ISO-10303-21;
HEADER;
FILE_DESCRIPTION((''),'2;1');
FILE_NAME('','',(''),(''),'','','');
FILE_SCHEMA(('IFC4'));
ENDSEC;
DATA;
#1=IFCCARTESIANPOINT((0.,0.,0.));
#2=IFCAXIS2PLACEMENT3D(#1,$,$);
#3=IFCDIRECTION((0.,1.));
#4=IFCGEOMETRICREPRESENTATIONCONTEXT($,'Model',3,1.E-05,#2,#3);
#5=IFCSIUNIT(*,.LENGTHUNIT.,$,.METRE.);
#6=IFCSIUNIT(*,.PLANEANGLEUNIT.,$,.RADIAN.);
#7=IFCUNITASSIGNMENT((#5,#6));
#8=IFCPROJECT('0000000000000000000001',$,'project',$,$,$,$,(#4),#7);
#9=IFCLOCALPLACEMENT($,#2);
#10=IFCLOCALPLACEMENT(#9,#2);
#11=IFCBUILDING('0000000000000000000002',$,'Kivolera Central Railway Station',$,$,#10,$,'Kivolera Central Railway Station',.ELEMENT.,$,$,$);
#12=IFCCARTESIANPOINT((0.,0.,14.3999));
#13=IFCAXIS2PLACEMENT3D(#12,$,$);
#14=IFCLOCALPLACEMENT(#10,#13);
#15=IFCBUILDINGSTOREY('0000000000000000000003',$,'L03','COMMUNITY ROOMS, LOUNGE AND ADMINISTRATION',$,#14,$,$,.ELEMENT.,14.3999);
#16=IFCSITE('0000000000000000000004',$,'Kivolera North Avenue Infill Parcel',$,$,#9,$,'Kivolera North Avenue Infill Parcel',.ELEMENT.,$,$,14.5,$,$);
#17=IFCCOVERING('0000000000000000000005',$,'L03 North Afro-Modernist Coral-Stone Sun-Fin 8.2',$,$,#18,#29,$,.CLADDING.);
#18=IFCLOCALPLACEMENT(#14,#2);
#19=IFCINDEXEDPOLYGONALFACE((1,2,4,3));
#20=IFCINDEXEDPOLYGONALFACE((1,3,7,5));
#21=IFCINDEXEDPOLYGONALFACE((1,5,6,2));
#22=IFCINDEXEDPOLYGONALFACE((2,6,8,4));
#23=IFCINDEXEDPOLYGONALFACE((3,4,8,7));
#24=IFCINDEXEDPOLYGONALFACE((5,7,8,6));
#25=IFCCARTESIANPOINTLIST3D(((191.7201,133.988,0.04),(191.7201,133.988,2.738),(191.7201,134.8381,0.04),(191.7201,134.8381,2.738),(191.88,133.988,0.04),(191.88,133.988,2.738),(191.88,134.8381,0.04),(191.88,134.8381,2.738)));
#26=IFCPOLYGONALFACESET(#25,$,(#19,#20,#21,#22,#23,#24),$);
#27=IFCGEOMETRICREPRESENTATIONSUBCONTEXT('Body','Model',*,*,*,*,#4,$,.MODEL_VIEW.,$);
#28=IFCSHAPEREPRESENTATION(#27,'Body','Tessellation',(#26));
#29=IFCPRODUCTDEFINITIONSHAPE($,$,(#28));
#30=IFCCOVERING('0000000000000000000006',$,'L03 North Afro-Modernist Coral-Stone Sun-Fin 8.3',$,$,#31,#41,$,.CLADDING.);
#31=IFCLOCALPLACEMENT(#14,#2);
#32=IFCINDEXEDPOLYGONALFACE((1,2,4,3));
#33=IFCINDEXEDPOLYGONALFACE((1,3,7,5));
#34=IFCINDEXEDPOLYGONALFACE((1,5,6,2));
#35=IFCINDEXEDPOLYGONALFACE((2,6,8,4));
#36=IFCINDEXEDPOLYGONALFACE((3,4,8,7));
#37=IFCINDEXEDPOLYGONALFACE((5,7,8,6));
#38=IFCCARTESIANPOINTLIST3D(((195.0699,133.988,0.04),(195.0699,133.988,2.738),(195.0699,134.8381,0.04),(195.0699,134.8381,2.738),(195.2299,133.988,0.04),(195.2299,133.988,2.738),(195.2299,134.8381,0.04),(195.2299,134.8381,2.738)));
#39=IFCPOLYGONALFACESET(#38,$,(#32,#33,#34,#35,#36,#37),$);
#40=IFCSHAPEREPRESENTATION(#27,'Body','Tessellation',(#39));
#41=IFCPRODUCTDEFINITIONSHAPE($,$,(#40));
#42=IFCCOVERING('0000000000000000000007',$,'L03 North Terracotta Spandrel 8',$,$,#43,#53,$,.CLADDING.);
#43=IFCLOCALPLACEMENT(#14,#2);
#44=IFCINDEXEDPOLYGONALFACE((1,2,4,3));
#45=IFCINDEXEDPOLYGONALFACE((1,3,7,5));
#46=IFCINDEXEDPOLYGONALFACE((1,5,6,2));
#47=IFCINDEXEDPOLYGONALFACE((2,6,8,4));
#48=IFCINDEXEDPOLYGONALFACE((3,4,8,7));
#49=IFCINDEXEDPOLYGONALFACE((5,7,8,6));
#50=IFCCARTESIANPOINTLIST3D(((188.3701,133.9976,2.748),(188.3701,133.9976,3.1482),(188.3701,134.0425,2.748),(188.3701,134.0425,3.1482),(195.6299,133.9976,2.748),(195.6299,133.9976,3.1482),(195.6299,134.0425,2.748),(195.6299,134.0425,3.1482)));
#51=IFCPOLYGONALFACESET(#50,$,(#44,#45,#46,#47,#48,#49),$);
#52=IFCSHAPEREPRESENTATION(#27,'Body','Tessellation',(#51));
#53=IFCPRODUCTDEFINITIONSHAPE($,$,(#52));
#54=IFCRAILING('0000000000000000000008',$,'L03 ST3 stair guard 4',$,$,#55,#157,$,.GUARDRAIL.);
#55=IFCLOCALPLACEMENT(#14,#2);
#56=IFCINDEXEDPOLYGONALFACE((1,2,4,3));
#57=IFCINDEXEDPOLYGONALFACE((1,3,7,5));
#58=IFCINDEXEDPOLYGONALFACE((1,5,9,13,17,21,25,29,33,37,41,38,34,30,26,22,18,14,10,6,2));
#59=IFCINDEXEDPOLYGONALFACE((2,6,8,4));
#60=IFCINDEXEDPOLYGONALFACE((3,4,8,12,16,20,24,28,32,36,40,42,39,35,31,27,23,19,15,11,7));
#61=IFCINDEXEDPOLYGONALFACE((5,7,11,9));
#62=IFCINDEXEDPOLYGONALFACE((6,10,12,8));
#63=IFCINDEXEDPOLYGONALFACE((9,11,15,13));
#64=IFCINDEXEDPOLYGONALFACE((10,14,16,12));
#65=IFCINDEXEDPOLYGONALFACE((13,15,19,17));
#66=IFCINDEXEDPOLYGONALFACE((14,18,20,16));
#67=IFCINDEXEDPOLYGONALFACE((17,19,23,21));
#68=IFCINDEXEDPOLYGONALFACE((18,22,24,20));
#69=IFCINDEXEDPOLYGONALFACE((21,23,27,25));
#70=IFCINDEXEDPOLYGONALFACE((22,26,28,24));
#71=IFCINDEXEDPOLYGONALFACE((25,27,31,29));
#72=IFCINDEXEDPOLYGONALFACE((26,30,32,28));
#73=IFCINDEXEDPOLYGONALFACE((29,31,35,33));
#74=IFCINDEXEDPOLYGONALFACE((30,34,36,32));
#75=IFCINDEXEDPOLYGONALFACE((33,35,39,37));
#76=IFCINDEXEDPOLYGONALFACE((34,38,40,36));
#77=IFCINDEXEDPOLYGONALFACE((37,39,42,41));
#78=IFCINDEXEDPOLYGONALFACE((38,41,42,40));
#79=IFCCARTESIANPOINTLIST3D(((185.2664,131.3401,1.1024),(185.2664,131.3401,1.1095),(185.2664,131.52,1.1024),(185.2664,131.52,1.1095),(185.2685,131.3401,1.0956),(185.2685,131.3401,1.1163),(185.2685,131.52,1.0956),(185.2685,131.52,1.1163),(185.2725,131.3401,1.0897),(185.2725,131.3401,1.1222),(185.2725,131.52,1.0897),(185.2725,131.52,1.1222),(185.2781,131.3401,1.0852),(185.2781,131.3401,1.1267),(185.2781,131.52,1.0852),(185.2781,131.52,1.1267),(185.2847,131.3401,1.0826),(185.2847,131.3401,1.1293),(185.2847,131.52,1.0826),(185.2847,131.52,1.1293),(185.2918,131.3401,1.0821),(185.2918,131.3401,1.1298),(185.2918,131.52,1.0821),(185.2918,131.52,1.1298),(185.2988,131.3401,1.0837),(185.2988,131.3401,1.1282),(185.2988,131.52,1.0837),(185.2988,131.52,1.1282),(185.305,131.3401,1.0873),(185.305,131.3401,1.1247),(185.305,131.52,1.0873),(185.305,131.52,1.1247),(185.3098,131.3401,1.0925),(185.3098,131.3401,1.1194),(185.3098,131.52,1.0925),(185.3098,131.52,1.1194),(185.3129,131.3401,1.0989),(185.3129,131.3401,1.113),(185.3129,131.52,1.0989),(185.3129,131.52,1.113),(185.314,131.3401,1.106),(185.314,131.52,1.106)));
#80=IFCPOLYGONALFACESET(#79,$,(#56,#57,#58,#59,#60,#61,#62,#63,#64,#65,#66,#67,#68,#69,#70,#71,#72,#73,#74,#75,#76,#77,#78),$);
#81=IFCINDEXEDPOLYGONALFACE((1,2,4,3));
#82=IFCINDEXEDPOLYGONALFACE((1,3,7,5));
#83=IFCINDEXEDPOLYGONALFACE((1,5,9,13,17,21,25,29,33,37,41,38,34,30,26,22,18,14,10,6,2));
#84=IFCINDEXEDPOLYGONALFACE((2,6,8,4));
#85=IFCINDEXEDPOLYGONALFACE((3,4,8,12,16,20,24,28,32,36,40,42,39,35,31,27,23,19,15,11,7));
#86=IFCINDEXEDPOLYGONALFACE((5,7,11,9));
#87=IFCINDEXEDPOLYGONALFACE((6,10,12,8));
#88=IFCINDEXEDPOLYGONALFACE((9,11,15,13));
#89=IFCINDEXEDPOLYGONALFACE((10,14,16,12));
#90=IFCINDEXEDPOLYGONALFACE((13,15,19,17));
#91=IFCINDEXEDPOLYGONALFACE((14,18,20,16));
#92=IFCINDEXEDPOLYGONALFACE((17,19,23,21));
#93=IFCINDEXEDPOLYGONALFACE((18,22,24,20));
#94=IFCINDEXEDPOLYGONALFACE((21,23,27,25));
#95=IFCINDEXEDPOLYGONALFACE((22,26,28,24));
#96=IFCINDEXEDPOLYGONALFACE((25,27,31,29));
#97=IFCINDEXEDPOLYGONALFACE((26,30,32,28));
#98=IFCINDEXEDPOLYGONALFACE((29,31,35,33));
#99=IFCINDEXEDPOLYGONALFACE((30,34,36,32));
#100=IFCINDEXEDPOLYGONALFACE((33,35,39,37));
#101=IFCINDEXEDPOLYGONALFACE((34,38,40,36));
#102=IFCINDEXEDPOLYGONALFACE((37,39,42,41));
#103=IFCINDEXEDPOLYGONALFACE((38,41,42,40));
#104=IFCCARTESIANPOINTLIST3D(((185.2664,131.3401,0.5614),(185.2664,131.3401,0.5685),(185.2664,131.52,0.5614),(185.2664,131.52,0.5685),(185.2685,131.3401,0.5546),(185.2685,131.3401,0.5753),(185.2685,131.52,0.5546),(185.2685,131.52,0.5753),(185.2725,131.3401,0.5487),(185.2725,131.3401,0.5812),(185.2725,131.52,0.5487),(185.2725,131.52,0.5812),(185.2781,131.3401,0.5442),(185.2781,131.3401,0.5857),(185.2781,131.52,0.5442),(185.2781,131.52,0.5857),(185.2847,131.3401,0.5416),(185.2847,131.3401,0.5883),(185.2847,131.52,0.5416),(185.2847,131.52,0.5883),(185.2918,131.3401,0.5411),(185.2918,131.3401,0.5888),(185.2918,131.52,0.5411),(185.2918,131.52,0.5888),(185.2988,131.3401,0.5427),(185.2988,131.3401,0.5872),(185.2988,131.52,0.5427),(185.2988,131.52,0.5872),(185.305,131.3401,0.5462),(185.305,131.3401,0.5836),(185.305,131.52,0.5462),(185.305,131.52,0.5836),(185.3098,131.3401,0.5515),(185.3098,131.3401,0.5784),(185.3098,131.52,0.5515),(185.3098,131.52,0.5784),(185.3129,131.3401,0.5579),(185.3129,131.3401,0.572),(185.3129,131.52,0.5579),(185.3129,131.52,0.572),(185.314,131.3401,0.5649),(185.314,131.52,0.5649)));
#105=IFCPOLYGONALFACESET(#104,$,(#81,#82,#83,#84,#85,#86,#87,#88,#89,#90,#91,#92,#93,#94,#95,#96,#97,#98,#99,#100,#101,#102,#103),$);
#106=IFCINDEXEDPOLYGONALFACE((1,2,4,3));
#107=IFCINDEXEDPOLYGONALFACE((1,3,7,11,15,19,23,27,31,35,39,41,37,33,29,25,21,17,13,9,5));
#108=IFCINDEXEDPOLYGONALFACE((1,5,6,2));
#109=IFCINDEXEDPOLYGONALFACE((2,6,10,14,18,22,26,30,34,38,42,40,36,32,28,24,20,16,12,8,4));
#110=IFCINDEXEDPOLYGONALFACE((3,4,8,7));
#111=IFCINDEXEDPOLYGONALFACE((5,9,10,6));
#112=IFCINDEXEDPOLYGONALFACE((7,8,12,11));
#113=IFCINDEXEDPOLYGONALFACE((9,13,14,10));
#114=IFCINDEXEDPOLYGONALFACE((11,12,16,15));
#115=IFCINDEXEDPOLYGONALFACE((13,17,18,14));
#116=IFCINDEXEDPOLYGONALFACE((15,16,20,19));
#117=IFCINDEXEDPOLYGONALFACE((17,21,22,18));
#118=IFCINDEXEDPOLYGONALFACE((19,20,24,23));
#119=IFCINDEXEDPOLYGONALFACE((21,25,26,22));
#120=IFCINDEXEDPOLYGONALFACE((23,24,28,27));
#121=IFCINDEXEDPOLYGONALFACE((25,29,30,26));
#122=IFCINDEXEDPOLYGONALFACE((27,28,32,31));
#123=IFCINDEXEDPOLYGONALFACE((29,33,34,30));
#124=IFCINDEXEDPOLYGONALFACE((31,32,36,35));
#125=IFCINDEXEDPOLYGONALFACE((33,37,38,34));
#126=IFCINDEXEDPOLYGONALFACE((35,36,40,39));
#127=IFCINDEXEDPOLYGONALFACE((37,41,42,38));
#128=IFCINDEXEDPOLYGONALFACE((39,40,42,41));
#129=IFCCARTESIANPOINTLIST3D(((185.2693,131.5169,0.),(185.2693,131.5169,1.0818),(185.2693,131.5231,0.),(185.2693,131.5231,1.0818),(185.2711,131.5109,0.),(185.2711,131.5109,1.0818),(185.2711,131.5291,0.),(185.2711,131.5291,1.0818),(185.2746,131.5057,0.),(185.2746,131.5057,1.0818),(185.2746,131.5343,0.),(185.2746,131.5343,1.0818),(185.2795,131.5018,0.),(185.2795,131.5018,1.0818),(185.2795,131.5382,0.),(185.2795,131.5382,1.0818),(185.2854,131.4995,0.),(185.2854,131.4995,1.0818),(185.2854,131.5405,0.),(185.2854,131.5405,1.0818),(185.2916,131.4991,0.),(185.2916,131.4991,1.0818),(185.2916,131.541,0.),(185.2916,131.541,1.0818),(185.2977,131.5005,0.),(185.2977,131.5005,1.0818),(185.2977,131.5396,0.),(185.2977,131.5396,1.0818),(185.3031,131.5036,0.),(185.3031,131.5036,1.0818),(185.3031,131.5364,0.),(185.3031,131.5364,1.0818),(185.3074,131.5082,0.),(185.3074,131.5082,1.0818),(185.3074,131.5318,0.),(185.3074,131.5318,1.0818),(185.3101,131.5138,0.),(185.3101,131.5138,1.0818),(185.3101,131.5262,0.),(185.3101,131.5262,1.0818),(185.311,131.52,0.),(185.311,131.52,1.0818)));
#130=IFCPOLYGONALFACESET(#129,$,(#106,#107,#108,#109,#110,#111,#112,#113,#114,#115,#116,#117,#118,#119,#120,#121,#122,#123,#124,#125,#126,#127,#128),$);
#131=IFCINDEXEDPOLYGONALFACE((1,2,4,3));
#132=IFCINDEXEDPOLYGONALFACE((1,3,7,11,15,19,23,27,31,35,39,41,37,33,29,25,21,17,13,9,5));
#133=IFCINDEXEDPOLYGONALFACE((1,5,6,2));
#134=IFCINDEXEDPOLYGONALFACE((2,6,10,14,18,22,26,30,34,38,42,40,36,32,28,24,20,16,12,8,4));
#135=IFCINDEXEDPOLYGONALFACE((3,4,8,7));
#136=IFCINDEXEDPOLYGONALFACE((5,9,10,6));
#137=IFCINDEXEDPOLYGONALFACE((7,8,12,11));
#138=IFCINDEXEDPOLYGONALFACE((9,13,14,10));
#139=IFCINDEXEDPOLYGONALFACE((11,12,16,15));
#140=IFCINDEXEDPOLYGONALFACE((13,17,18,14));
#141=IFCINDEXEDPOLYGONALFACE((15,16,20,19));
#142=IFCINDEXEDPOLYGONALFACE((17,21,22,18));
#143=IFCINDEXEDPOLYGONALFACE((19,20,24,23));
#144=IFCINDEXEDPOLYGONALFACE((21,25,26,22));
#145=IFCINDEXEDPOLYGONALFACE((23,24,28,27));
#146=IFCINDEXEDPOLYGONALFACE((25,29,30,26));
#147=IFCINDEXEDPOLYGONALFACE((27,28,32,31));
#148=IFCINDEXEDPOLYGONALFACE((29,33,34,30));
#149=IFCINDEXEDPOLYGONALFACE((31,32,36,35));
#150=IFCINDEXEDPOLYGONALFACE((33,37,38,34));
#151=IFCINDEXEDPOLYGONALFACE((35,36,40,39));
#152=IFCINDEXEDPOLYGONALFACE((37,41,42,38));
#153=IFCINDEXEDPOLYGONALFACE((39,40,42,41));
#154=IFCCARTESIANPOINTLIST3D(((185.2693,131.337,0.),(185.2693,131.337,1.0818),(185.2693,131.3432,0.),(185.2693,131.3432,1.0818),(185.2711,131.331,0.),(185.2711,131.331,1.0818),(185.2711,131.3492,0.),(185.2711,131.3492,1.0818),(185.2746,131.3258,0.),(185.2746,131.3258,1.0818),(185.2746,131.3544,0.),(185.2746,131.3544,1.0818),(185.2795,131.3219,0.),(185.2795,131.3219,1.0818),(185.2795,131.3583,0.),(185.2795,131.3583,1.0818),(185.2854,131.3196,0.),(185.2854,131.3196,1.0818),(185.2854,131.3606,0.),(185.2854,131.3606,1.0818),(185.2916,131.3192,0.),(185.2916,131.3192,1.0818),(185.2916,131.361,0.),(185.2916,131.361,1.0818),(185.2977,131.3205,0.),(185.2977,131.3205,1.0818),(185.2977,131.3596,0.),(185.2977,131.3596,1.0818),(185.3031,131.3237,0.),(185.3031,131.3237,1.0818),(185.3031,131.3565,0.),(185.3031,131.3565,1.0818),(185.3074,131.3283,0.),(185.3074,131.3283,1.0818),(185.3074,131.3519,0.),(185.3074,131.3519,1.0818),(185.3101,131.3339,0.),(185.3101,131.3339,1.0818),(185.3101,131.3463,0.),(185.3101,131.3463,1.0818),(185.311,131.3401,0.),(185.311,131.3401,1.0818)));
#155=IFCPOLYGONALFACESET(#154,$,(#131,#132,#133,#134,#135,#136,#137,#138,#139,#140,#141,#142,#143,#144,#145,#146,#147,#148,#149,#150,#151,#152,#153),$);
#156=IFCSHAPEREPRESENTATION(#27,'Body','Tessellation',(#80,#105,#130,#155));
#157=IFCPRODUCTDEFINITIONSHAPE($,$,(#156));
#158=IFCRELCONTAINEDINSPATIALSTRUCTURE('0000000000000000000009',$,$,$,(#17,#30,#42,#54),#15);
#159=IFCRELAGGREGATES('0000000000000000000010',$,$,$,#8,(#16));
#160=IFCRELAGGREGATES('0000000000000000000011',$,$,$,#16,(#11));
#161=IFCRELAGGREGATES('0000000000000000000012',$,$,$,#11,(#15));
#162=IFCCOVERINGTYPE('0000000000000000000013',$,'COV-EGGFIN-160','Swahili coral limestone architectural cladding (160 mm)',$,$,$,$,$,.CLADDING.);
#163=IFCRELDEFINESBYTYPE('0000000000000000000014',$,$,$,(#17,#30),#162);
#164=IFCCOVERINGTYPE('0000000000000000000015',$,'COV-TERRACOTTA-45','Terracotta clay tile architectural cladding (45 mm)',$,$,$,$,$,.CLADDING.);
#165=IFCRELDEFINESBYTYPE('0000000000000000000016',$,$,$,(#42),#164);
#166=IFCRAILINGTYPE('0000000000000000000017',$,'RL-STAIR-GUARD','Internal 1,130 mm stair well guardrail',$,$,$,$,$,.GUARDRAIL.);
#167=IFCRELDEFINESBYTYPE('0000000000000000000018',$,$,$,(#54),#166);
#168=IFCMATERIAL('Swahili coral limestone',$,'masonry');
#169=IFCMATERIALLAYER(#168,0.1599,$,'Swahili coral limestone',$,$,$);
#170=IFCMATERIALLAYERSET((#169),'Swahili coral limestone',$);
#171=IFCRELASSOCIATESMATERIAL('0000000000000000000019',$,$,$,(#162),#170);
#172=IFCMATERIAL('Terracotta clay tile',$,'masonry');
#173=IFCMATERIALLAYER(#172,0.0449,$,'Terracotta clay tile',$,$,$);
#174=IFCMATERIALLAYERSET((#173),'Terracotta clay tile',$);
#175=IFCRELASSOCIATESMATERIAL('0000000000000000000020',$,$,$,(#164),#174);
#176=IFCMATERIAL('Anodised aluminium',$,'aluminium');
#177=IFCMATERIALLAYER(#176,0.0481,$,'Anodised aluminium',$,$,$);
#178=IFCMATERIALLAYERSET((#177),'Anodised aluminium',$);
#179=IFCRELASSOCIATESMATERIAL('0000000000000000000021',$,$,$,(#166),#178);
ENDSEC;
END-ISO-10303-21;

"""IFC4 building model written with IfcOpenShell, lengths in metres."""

from ifc_helpers import new_model, si_unit, direction, frame, frame_2d, origin, origin_2d, place, context, subcontext, project, spatial, rectangle, circle, extrude, material, layer, layer_set, type_object, element, save


model = new_model("IFC4")

# Units and contexts
model_context = context("Model", 3, precision=1e-05, world=origin(), true_north=direction((0.0, 1.0)))
body_context = subcontext(model_context, "Body", "Model", "MODEL_VIEW")
ifc_project = project(units=[si_unit("LENGTHUNIT", "METRE"), si_unit("PLANEANGLEUNIT", "RADIAN")], contexts=[model_context])

# Site, building, storey
site_placement = place(None, origin())
site = spatial("IfcSite", under=ifc_project, at=site_placement, Name="Kivolera North Avenue Infill Parcel", LongName="Kivolera North Avenue Infill Parcel", CompositionType="ELEMENT", RefElevation=14.5)
building_placement = place(site_placement, origin())
building = spatial("IfcBuilding", under=site, at=building_placement, Name="Kivolera Central Railway Station", LongName="Kivolera Central Railway Station", CompositionType="ELEMENT")
storey_placement = place(building_placement, frame((0.0, 0.0, 14.3999)))
storey = spatial("IfcBuildingStorey", under=building, at=storey_placement, Name="L03", Description="COMMUNITY ROOMS, LOUNGE AND ADMINISTRATION", CompositionType="ELEMENT", Elevation=14.3999)

# Shared definitions
ifc_material_1 = material(Name="Anodised aluminium", Category="aluminium")

# Shared definitions
ifc_material_2 = material(Name="Swahili coral limestone", Category="masonry")

# Coverings
ifc_layer_1 = layer(ifc_material_2, 0.1599, Name="Swahili coral limestone")
ifc_layer_set_1 = layer_set([ifc_layer_1], Name="Swahili coral limestone")
covering_type_1 = type_object("IfcCoveringType", Name="COV-EGGFIN-160", Description="Swahili coral limestone architectural cladding (160 mm)", PredefinedType="CLADDING", material=ifc_layer_set_1)
for number, where, z_axis, x_axis, name in (
    (1, (191.8, 134.4131, 0.04), (0.0, 0.0, 1.0), (1.0, 0.0, 0.0), "L03 North Afro-Modernist Coral-Stone Sun-Fin 8.2"),
    (2, (195.1499, 134.4131, 0.04), (0.0, 0.0, 1.0), (1.0, 0.0, 0.0), "L03 North Afro-Modernist Coral-Stone Sun-Fin 8.3"),
):
    element("IfcCovering", number, at=place(storey_placement, frame(where, z_axis=z_axis, x_axis=x_axis)), inside=storey, type_object=covering_type_1, Name=name, PredefinedType="CLADDING", context=body_context, shape_type="SweptSolid", body=[
        extrude(rectangle(XDim=0.1599, YDim=0.8501, at=origin_2d()), origin(), (0.0, 0.0, 1.0), 2.698),
    ])
ifc_material_3 = material(Name="Terracotta clay tile", Category="masonry")
ifc_layer_2 = layer(ifc_material_3, 0.0449, Name="Terracotta clay tile")
ifc_layer_set_2 = layer_set([ifc_layer_2], Name="Terracotta clay tile")
covering_type_2 = type_object("IfcCoveringType", Name="COV-TERRACOTTA-45", Description="Terracotta clay tile architectural cladding (45 mm)", PredefinedType="CLADDING", material=ifc_layer_set_2)
covering_1_placement = place(storey_placement, frame((188.3701, 134.02, 2.748), z_axis=(0.0, 0.0, 1.0), x_axis=(1.0, 0.0, 0.0)))
element("IfcCovering", 3, at=covering_1_placement, inside=storey, type_object=covering_type_2, Name="L03 North Terracotta Spandrel 8", PredefinedType="CLADDING", context=body_context, shape_type="SweptSolid", body=[
    extrude(rectangle(XDim=7.2598, YDim=0.0449, at=frame_2d((3.6299, 0.0))), origin(), (0.0, 0.0, 1.0), 0.4001),
])

# Railing
ifc_layer_3 = layer(ifc_material_1, 0.0481, Name="Anodised aluminium")
ifc_layer_set_3 = layer_set([ifc_layer_3], Name="Anodised aluminium")
railing_type_1 = type_object("IfcRailingType", Name="RL-STAIR-GUARD", Description="Internal 1,130 mm stair well guardrail", PredefinedType="GUARDRAIL", material=ifc_layer_set_3)
railing_1_placement = place(storey_placement, frame((185.29, 131.52, 0.0)))
element("IfcRailing", 4, at=railing_1_placement, inside=storey, type_object=railing_type_1, Name="L03 ST3 stair guard 4", PredefinedType="GUARDRAIL", context=body_context, shape_type="SweptSolid", body=[
    extrude(circle(Radius=0.0239, at=origin_2d()), frame((0.0, 0.0, 1.106), z_axis=(0.0, -1.0, 0.0), x_axis=(1.0, 0.0, 0.0)), (0.0, 0.0, 1.0), 0.1799),
    extrude(circle(Radius=0.0239, at=origin_2d()), frame((0.0, 0.0, 0.5649), z_axis=(0.0, -1.0, 0.0), x_axis=(1.0, 0.0, 0.0)), (0.0, 0.0, 1.0), 0.1799),
    extrude(circle(Radius=0.021, at=origin_2d()), origin(), (0.0, 0.0, 1.0), 1.0818),
    extrude(circle(Radius=0.021, at=origin_2d()), frame((0.0, -0.1799, 0.0)), (0.0, 0.0, 1.0), 1.0818),
])

save(model, "model.ifc")
